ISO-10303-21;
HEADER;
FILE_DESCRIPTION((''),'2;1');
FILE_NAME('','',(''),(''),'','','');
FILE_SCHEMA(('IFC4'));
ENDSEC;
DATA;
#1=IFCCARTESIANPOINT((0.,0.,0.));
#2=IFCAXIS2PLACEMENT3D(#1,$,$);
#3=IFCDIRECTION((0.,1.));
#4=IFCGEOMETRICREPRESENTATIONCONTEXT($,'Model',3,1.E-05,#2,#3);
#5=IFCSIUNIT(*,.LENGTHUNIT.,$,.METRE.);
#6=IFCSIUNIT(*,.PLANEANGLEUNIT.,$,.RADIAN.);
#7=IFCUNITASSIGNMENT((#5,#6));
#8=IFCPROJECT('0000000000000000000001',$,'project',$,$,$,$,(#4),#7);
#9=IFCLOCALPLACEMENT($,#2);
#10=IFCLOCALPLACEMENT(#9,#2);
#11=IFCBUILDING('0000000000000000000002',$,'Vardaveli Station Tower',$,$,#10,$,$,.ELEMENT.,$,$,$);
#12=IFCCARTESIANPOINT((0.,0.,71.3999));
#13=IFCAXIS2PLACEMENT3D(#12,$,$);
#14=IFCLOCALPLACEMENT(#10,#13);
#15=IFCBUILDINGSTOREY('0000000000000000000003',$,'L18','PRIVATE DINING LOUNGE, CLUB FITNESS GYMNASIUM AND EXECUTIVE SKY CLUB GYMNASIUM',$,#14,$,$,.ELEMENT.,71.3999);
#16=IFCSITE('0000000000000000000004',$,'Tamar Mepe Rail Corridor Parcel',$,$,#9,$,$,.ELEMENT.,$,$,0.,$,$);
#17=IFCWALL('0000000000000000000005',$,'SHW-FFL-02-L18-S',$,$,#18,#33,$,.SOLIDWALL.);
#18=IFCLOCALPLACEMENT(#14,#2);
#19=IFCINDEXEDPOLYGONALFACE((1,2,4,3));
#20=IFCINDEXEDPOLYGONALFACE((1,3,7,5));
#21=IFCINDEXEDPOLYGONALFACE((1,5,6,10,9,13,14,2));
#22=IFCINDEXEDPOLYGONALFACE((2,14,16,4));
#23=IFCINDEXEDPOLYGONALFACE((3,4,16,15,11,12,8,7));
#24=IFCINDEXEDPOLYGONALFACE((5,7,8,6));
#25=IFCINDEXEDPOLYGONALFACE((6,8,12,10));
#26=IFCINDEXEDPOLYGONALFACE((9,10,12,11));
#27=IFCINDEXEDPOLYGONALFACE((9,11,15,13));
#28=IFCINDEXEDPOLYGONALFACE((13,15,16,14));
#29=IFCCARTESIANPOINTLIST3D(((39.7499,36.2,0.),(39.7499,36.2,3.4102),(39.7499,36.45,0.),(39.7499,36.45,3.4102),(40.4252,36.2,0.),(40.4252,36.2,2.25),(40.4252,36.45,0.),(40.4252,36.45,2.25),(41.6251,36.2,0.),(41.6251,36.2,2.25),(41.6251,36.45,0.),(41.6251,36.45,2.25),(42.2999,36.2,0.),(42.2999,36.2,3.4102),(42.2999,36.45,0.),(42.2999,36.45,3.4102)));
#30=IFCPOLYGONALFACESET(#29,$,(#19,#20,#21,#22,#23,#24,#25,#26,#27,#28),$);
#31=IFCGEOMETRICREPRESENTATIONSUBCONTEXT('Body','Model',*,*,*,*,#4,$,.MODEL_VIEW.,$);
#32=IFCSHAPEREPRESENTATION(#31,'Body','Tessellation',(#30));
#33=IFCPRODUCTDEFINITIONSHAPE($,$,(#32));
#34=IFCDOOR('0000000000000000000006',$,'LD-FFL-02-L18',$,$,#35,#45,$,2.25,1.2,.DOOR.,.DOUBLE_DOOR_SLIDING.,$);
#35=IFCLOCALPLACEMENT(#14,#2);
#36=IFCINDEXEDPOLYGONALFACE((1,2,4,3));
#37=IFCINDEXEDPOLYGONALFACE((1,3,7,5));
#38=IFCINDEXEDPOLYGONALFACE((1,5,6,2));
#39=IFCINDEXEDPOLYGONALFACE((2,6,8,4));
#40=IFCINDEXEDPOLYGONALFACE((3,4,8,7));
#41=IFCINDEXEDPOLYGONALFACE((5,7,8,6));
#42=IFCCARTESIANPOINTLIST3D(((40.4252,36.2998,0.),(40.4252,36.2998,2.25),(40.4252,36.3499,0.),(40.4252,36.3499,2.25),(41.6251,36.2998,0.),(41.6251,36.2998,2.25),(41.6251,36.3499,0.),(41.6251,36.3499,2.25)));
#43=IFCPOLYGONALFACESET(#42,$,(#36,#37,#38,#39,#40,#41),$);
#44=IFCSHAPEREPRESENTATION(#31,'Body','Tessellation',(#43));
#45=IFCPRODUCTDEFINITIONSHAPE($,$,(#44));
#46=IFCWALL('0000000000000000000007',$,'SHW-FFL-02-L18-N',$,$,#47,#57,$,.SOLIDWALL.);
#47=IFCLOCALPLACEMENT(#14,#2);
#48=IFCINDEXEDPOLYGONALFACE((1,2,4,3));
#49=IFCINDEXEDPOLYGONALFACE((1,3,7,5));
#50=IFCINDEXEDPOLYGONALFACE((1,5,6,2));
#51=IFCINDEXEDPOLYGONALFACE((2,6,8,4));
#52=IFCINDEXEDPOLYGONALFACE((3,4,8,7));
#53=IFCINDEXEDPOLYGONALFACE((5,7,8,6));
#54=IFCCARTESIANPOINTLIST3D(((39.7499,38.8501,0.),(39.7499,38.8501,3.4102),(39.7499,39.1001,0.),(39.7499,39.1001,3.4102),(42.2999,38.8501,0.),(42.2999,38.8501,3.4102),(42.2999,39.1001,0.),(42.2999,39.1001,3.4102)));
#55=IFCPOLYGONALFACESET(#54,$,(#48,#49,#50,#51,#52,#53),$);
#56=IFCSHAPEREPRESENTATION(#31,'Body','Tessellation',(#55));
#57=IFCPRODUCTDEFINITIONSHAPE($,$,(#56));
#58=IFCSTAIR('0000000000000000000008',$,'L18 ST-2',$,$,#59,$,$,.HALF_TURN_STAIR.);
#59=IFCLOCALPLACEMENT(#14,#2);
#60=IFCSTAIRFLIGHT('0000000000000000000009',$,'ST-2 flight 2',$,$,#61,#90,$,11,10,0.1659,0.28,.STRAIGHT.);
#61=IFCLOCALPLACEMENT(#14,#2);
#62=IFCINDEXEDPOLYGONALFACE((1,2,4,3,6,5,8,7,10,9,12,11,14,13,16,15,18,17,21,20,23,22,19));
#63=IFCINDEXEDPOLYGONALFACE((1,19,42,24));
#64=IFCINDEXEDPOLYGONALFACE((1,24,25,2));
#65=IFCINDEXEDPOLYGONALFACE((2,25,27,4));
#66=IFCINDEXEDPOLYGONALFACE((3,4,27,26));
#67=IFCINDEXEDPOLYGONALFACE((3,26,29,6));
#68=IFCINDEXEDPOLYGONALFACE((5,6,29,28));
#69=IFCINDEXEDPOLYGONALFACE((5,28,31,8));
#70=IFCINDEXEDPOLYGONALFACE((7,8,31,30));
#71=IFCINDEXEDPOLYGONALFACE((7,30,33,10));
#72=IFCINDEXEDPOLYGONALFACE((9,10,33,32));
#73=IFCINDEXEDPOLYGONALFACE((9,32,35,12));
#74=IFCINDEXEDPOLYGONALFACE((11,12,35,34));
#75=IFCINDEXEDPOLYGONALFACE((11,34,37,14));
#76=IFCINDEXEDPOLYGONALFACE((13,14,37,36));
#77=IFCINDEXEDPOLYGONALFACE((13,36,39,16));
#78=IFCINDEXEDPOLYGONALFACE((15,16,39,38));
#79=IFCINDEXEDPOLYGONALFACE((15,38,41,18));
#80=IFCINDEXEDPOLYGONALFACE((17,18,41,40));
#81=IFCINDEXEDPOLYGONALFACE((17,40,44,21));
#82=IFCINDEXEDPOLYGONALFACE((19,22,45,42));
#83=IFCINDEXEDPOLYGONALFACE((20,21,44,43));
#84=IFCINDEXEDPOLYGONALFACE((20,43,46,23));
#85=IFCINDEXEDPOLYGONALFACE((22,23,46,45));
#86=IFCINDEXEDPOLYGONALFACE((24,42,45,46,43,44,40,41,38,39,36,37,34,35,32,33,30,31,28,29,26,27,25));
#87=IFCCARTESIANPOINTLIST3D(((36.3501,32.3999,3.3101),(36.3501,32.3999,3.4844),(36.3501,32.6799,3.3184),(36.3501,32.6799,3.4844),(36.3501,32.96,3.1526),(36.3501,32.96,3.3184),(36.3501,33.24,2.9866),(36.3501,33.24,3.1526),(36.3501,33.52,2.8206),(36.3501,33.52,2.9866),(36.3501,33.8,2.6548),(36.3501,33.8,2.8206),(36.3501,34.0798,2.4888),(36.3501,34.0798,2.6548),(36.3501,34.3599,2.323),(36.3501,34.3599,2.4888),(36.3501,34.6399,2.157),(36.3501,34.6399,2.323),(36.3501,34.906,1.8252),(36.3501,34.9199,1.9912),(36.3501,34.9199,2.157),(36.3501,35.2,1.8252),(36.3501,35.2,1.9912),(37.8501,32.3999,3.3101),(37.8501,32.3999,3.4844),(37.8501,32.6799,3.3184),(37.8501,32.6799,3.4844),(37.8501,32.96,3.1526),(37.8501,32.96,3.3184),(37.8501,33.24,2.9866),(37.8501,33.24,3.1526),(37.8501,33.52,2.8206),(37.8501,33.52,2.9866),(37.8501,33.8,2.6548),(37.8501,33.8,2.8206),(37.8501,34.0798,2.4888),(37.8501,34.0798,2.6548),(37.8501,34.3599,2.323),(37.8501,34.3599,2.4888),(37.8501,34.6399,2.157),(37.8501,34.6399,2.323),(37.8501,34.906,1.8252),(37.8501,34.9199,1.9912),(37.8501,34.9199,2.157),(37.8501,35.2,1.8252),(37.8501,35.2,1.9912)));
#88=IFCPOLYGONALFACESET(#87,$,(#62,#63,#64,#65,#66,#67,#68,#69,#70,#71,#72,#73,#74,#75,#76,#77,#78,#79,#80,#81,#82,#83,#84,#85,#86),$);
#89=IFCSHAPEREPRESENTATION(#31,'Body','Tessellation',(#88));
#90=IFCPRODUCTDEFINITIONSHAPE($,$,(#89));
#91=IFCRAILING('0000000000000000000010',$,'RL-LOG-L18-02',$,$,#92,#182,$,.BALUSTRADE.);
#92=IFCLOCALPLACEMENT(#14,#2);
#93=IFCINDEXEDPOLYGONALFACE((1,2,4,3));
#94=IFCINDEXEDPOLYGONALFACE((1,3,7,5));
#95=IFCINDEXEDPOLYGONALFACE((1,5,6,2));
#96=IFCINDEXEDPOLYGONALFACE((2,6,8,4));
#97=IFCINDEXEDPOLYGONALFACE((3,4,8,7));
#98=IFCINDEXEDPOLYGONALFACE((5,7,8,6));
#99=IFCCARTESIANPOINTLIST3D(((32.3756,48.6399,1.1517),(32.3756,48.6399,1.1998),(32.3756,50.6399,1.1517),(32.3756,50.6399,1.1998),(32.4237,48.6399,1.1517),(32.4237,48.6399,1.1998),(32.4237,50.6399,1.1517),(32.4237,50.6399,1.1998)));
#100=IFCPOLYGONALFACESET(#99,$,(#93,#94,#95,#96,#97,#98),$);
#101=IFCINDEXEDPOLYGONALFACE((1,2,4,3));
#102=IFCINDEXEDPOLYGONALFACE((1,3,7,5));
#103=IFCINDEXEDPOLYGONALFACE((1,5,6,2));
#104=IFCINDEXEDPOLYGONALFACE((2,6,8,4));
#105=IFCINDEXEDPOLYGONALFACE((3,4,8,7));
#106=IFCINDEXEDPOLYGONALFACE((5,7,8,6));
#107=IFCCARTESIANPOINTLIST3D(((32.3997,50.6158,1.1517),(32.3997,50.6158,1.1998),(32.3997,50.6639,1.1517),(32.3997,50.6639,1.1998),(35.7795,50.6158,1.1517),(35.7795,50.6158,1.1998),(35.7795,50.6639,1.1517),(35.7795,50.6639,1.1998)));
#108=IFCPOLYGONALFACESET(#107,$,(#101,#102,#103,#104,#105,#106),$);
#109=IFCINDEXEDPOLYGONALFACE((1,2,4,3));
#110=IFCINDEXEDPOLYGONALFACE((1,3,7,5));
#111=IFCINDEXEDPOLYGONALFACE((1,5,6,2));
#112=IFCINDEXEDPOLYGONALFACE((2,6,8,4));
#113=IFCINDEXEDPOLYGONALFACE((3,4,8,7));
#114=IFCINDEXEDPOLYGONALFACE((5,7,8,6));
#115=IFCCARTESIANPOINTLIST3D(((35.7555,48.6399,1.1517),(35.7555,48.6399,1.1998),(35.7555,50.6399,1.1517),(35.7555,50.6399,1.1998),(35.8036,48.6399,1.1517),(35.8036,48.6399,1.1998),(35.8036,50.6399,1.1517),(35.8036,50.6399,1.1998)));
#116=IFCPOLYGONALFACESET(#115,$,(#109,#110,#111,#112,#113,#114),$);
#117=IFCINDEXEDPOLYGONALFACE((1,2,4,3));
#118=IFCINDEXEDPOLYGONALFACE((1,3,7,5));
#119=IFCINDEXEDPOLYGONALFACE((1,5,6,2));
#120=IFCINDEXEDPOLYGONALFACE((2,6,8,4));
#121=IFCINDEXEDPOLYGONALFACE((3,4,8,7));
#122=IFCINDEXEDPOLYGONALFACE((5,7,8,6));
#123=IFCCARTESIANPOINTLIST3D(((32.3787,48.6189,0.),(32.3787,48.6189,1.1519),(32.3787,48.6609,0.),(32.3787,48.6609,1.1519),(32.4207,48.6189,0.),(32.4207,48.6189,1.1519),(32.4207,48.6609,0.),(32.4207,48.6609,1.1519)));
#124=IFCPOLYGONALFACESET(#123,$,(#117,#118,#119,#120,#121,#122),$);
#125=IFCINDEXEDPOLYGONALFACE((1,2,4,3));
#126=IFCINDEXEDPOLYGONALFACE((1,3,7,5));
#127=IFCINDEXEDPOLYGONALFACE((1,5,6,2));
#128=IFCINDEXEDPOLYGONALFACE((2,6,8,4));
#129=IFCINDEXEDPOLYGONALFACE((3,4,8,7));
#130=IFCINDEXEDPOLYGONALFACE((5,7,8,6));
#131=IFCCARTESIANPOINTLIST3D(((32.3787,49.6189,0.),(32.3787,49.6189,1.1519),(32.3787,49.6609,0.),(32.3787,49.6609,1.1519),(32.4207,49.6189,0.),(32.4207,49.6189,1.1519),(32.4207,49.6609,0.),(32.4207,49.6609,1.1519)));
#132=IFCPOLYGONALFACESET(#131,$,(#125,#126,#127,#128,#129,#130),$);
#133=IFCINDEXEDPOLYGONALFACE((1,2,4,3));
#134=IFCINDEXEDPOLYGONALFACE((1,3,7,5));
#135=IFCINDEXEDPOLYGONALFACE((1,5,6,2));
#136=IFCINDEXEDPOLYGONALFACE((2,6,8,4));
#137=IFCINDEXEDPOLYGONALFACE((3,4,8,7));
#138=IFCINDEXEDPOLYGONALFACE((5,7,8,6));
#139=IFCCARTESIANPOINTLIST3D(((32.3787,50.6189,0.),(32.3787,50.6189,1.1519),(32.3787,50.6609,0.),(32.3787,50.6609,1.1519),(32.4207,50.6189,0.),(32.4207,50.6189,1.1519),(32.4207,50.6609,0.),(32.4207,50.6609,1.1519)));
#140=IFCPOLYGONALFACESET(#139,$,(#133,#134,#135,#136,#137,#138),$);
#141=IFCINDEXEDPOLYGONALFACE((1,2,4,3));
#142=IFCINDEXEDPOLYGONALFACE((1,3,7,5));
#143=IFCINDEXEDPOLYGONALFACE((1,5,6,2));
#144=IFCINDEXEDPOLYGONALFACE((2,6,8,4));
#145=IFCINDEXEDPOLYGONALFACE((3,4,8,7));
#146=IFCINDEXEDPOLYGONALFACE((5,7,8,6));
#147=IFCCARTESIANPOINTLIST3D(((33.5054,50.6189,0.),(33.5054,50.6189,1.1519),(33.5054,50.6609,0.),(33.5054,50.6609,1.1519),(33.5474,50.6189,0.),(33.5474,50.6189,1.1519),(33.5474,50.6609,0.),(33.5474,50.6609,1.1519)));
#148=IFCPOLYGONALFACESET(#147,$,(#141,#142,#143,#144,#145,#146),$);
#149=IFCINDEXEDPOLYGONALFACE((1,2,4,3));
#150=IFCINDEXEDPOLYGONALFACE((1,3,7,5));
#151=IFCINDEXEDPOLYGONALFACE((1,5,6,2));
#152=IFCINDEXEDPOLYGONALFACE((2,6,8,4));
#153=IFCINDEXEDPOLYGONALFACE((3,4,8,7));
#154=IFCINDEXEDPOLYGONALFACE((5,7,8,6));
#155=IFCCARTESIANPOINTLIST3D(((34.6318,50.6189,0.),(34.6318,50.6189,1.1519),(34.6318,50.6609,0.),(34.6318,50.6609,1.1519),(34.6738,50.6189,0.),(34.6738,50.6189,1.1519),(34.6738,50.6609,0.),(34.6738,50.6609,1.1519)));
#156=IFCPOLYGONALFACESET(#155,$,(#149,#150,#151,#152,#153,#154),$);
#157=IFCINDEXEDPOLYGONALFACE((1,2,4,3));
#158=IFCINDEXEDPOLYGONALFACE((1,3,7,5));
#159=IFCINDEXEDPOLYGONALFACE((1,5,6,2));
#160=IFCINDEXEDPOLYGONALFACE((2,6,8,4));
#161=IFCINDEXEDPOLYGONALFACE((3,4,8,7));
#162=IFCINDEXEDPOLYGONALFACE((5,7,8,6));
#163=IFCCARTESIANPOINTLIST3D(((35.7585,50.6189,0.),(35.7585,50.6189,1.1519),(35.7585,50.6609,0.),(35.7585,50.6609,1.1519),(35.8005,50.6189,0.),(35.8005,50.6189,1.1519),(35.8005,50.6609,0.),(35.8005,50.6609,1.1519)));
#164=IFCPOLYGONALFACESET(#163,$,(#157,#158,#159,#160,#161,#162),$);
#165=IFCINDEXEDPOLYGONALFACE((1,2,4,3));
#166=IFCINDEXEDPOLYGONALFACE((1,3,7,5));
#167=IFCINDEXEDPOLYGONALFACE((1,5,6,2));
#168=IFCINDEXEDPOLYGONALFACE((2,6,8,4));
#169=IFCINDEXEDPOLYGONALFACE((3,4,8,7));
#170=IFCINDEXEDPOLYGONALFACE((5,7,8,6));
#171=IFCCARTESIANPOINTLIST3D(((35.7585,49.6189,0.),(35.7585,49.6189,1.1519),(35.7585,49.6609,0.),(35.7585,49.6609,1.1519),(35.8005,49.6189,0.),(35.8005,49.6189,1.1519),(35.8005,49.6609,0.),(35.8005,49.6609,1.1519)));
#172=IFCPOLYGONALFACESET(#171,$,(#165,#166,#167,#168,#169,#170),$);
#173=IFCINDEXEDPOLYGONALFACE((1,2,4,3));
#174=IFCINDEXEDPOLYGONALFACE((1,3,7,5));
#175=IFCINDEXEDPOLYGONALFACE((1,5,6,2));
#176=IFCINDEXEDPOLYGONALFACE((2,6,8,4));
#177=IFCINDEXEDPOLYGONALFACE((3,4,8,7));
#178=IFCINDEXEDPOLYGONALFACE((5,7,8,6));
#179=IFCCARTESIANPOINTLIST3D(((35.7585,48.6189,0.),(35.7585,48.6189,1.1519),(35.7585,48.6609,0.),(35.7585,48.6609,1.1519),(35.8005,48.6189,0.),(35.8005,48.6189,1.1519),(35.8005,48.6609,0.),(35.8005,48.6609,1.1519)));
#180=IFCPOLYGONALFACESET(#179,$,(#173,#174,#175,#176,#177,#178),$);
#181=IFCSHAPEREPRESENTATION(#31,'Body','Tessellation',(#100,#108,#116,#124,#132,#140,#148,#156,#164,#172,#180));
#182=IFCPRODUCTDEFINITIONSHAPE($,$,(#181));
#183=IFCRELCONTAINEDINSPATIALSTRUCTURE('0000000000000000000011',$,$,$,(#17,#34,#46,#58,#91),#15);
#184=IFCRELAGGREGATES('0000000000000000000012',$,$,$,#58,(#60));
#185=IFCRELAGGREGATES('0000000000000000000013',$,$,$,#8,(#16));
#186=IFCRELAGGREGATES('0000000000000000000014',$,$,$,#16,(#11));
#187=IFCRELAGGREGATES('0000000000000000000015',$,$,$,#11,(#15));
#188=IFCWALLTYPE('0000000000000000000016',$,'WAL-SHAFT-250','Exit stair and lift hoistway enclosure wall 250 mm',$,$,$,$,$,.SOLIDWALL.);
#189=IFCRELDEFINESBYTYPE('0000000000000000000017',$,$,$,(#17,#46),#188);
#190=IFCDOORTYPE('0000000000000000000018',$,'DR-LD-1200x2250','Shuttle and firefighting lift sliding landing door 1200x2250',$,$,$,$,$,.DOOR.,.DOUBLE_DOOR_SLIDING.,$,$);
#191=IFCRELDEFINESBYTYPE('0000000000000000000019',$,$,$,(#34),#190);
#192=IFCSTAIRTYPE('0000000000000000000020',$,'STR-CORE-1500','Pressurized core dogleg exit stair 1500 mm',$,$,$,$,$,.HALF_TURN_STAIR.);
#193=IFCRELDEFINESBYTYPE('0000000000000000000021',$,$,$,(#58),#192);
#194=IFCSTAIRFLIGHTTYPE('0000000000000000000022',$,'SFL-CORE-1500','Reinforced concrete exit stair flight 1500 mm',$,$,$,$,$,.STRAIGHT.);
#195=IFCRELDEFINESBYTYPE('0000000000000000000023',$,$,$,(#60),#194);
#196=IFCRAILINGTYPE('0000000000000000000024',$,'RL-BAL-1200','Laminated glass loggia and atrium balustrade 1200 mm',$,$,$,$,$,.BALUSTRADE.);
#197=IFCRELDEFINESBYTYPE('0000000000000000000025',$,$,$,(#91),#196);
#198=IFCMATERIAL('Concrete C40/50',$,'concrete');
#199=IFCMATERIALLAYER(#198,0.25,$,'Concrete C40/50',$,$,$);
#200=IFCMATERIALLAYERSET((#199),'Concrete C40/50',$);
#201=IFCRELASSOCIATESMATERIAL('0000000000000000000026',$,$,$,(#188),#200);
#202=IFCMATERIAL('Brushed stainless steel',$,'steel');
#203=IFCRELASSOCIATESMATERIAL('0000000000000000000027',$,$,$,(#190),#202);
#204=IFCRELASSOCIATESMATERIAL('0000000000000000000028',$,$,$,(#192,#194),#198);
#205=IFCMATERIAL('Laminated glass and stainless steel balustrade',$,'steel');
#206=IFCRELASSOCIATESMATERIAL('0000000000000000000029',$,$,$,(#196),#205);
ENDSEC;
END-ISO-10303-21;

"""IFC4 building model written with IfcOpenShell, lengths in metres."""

from ifc_helpers import new_model, si_unit, direction, frame, frame_2d, origin, origin_2d, place, context, subcontext, project, spatial, polyline, rectangle, outline, extrude, source, transform, mapped, material, layer, layer_set, type_object, element, fill, aggregate, save


model = new_model("IFC4")

# Units and contexts
model_context = context("Model", 3, precision=1e-05, world=origin(), true_north=direction((0.0, 1.0)))
body_context = subcontext(model_context, "Body", "Model", "MODEL_VIEW")
ifc_project = project(units=[si_unit("LENGTHUNIT", "METRE"), si_unit("PLANEANGLEUNIT", "RADIAN")], contexts=[model_context])

# Site, building, storey
site_placement = place(None, origin())
site = spatial("IfcSite", under=ifc_project, at=site_placement, Name="Tamar Mepe Rail Corridor Parcel", CompositionType="ELEMENT", RefElevation=0.0)
building_placement = place(site_placement, origin())
building = spatial("IfcBuilding", under=site, at=building_placement, Name="Vardaveli Station Tower", CompositionType="ELEMENT")
storey_placement = place(building_placement, frame((0.0, 0.0, 71.3999)))
storey = spatial("IfcBuildingStorey", under=building, at=storey_placement, Name="L18", Description="PRIVATE DINING LOUNGE, CLUB FITNESS GYMNASIUM AND EXECUTIVE SKY CLUB GYMNASIUM", CompositionType="ELEMENT", Elevation=71.3999)

# Shared definitions
ifc_material_1 = material(Name="Concrete C40/50", Category="concrete")
ifc_layer_1 = layer(ifc_material_1, 0.25, Name="Concrete C40/50")
ifc_layer_set_1 = layer_set([ifc_layer_1], Name="Concrete C40/50")
wall_type_1 = type_object("IfcWallType", Name="WAL-SHAFT-250", Description="Exit stair and lift hoistway enclosure wall 250 mm", PredefinedType="SOLIDWALL", material=ifc_layer_set_1)

# Shared definitions
shared_shape_1 = source(origin(), body_context, "Body", "SweptSolid", [
    extrude(rectangle(XDim=1.2, YDim=2.25, at=frame_2d((0.6001, 1.125))), frame((0.0, 0.135, 0.0), z_axis=(0.0, -1.0, 0.0), x_axis=(1.0, 0.0, 0.0)), (0.0, 0.0, 1.0), 0.27),
])
ifc_material_2 = material(Name="Brushed stainless steel", Category="steel")
door_type = type_object("IfcDoorType", Name="DR-LD-1200x2250", Description="Shuttle and firefighting lift sliding landing door 1200x2250", OperationType="DOUBLE_DOOR_SLIDING", PredefinedType="DOOR", material=ifc_material_2)
shared_shape_2 = source(origin(), body_context, "Body", "SweptSolid", [
    extrude(rectangle(XDim=1.2, YDim=2.25, at=frame_2d((0.6001, 1.125))), frame((0.0, 0.0249, 0.0), z_axis=(0.0, -1.0, 0.0), x_axis=(1.0, 0.0, 0.0)), (0.0, 0.0, 1.0), 0.05),
])

# Wall, opening, door
shared_shape_3 = source(origin(), body_context, "Body", "SweptSolid", [
    extrude(rectangle(XDim=2.55, YDim=0.25, at=frame_2d((1.2749, 0.0))), origin(), (0.0, 0.0, 1.0), 3.4102),
])
wall_1_placement = place(storey_placement, frame((39.75, 36.325, 0.0), z_axis=(0.0, 0.0, 1.0), x_axis=(1.0, 0.0, 0.0)))
wall_1 = element("IfcWall", 1, at=wall_1_placement, inside=storey, type_object=wall_type_1, Name="SHW-FFL-02-L18-S", PredefinedType="SOLIDWALL", context=body_context, shape_type="MappedRepresentation", body=[
    mapped(shared_shape_3, transform((0.0, 0.0, 0.0), scale=1.0)),
])
opening_1_placement = place(wall_1_placement, frame((0.675, 0.0, 0.0)))
opening_1 = element("IfcOpeningElement", 2, at=opening_1_placement, cuts=wall_1, PredefinedType="OPENING", context=body_context, shape_type="MappedRepresentation", body=[
    mapped(shared_shape_1, transform((0.0, 0.0, 0.0), scale=1.0)),
])
door_1_placement = place(opening_1_placement, origin())
door_1 = element("IfcDoor", 3, at=door_1_placement, inside=storey, type_object=door_type, Name="LD-FFL-02-L18", OperationType="DOUBLE_DOOR_SLIDING", OverallHeight=2.25, OverallWidth=1.2, PredefinedType="DOOR", context=body_context, shape_type="MappedRepresentation", body=[
    mapped(shared_shape_2, transform((0.0, 0.0, 0.0), scale=1.0)),
])
fill(opening_1, door_1)

# Wall
wall_2_placement = place(storey_placement, frame((39.75, 38.9751, 0.0), z_axis=(0.0, 0.0, 1.0), x_axis=(1.0, 0.0, 0.0)))
element("IfcWall", 4, at=wall_2_placement, inside=storey, type_object=wall_type_1, Name="SHW-FFL-02-L18-N", PredefinedType="SOLIDWALL", context=body_context, shape_type="MappedRepresentation", body=[
    mapped(shared_shape_3, transform((0.0, 0.0, 0.0), scale=1.0)),
])

# Stair, stair flight
stair_type = type_object("IfcStairType", Name="STR-CORE-1500", Description="Pressurized core dogleg exit stair 1500 mm", PredefinedType="HALF_TURN_STAIR", material=ifc_material_1)
stair_placement = place(storey_placement, origin())
stair = element("IfcStair", 5, at=stair_placement, inside=storey, type_object=stair_type, Name="L18 ST-2", PredefinedType="HALF_TURN_STAIR")
stair_flight_type = type_object("IfcStairFlightType", Name="SFL-CORE-1500", Description="Reinforced concrete exit stair flight 1500 mm", PredefinedType="STRAIGHT", material=ifc_material_1)
shared_shape_4 = source(origin(), body_context, "Body", "SweptSolid", [
    extrude(outline(polyline([(0.0, 0.0), (0.0, 0.166), (0.28, 0.166), (0.28, 0.3318), (0.5601, 0.3318), (0.5601, 0.4978), (0.8401, 0.4978), (0.8401, 0.6636), (1.1201, 0.6636), (1.1201, 0.8296), (1.3999, 0.8296), (1.3999, 0.9954), (1.6799, 0.9954), (1.6799, 1.1614), (1.96, 1.1614), (1.96, 1.3274), (2.24, 1.3274), (2.24, 1.4932), (2.52, 1.4932), (2.52, 1.6592), (2.8, 1.6592), (2.8, 1.825), (2.8, 1.4849), (0.2939, 0.0), (0.0, 0.0)])), frame((0.0, 0.75, 0.0), z_axis=(0.0, -1.0, 0.0), x_axis=(1.0, 0.0, 0.0)), (0.0, 0.0, 1.0), 1.5),
])
stair_flight_placement = place(storey_placement, frame((37.1001, 35.2, 1.8252), z_axis=(0.0, 0.0, 1.0), x_axis=(0.0, -1.0, 0.0)))
stair_flight = element("IfcStairFlight", 6, at=stair_flight_placement, type_object=stair_flight_type, Name="ST-2 flight 2", NumberOfRisers=11, NumberOfTreads=10, PredefinedType="STRAIGHT", RiserHeight=0.1659, TreadLength=0.28, context=body_context, shape_type="MappedRepresentation", body=[
    mapped(shared_shape_4, transform((0.0, 0.0, 0.0), scale=1.0)),
])
aggregate(stair, [stair_flight])

# Railing
ifc_material_3 = material(Name="Laminated glass and stainless steel balustrade", Category="steel")
railing_type_1 = type_object("IfcRailingType", Name="RL-BAL-1200", Description="Laminated glass loggia and atrium balustrade 1200 mm", PredefinedType="BALUSTRADE", material=ifc_material_3)
shared_shape_5 = source(origin(), body_context, "Body", "SweptSolid", [
    extrude(rectangle(XDim=0.0481, YDim=0.0481, at=origin_2d()), frame((0.0, 0.0, 1.1758), z_axis=(0.0, 1.0, 0.0), x_axis=(-1.0, 0.0, 0.0)), (0.0, 0.0, 1.0), 2.0),
    extrude(rectangle(XDim=0.0481, YDim=0.0481, at=origin_2d()), frame((0.0, 2.0, 1.1758), z_axis=(1.0, 0.0, 0.0), x_axis=(0.0, 1.0, 0.0)), (0.0, 0.0, 1.0), 3.3799),
    extrude(rectangle(XDim=0.0481, YDim=0.0481, at=origin_2d()), frame((3.3799, 2.0, 1.1758), z_axis=(0.0, -1.0, 0.0), x_axis=(1.0, 0.0, 0.0)), (0.0, 0.0, 1.0), 2.0),
    extrude(rectangle(XDim=0.042, YDim=0.042, at=origin_2d()), origin(), (0.0, 0.0, 1.0), 1.1519),
    extrude(rectangle(XDim=0.042, YDim=0.042, at=origin_2d()), frame((0.0, 1.0, 0.0)), (0.0, 0.0, 1.0), 1.1519),
    extrude(rectangle(XDim=0.042, YDim=0.042, at=origin_2d()), frame((0.0, 2.0, 0.0)), (0.0, 0.0, 1.0), 1.1519),
    extrude(rectangle(XDim=0.042, YDim=0.042, at=origin_2d()), frame((1.1267, 2.0, 0.0)), (0.0, 0.0, 1.0), 1.1519),
    extrude(rectangle(XDim=0.042, YDim=0.042, at=origin_2d()), frame((2.2532, 2.0, 0.0)), (0.0, 0.0, 1.0), 1.1519),
    extrude(rectangle(XDim=0.042, YDim=0.042, at=origin_2d()), frame((3.3799, 2.0, 0.0)), (0.0, 0.0, 1.0), 1.1519),
    extrude(rectangle(XDim=0.042, YDim=0.042, at=origin_2d()), frame((3.3799, 1.0, 0.0)), (0.0, 0.0, 1.0), 1.1519),
    extrude(rectangle(XDim=0.042, YDim=0.042, at=origin_2d()), frame((3.3799, 0.0, 0.0)), (0.0, 0.0, 1.0), 1.1519),
])
railing_1_placement = place(storey_placement, frame((32.3997, 48.6399, 0.0)))
element("IfcRailing", 7, at=railing_1_placement, inside=storey, type_object=railing_type_1, Name="RL-LOG-L18-02", PredefinedType="BALUSTRADE", context=body_context, shape_type="MappedRepresentation", body=[
    mapped(shared_shape_5, transform((0.0, 0.0, 0.0), scale=1.0)),
])

save(model, "model.ifc")
